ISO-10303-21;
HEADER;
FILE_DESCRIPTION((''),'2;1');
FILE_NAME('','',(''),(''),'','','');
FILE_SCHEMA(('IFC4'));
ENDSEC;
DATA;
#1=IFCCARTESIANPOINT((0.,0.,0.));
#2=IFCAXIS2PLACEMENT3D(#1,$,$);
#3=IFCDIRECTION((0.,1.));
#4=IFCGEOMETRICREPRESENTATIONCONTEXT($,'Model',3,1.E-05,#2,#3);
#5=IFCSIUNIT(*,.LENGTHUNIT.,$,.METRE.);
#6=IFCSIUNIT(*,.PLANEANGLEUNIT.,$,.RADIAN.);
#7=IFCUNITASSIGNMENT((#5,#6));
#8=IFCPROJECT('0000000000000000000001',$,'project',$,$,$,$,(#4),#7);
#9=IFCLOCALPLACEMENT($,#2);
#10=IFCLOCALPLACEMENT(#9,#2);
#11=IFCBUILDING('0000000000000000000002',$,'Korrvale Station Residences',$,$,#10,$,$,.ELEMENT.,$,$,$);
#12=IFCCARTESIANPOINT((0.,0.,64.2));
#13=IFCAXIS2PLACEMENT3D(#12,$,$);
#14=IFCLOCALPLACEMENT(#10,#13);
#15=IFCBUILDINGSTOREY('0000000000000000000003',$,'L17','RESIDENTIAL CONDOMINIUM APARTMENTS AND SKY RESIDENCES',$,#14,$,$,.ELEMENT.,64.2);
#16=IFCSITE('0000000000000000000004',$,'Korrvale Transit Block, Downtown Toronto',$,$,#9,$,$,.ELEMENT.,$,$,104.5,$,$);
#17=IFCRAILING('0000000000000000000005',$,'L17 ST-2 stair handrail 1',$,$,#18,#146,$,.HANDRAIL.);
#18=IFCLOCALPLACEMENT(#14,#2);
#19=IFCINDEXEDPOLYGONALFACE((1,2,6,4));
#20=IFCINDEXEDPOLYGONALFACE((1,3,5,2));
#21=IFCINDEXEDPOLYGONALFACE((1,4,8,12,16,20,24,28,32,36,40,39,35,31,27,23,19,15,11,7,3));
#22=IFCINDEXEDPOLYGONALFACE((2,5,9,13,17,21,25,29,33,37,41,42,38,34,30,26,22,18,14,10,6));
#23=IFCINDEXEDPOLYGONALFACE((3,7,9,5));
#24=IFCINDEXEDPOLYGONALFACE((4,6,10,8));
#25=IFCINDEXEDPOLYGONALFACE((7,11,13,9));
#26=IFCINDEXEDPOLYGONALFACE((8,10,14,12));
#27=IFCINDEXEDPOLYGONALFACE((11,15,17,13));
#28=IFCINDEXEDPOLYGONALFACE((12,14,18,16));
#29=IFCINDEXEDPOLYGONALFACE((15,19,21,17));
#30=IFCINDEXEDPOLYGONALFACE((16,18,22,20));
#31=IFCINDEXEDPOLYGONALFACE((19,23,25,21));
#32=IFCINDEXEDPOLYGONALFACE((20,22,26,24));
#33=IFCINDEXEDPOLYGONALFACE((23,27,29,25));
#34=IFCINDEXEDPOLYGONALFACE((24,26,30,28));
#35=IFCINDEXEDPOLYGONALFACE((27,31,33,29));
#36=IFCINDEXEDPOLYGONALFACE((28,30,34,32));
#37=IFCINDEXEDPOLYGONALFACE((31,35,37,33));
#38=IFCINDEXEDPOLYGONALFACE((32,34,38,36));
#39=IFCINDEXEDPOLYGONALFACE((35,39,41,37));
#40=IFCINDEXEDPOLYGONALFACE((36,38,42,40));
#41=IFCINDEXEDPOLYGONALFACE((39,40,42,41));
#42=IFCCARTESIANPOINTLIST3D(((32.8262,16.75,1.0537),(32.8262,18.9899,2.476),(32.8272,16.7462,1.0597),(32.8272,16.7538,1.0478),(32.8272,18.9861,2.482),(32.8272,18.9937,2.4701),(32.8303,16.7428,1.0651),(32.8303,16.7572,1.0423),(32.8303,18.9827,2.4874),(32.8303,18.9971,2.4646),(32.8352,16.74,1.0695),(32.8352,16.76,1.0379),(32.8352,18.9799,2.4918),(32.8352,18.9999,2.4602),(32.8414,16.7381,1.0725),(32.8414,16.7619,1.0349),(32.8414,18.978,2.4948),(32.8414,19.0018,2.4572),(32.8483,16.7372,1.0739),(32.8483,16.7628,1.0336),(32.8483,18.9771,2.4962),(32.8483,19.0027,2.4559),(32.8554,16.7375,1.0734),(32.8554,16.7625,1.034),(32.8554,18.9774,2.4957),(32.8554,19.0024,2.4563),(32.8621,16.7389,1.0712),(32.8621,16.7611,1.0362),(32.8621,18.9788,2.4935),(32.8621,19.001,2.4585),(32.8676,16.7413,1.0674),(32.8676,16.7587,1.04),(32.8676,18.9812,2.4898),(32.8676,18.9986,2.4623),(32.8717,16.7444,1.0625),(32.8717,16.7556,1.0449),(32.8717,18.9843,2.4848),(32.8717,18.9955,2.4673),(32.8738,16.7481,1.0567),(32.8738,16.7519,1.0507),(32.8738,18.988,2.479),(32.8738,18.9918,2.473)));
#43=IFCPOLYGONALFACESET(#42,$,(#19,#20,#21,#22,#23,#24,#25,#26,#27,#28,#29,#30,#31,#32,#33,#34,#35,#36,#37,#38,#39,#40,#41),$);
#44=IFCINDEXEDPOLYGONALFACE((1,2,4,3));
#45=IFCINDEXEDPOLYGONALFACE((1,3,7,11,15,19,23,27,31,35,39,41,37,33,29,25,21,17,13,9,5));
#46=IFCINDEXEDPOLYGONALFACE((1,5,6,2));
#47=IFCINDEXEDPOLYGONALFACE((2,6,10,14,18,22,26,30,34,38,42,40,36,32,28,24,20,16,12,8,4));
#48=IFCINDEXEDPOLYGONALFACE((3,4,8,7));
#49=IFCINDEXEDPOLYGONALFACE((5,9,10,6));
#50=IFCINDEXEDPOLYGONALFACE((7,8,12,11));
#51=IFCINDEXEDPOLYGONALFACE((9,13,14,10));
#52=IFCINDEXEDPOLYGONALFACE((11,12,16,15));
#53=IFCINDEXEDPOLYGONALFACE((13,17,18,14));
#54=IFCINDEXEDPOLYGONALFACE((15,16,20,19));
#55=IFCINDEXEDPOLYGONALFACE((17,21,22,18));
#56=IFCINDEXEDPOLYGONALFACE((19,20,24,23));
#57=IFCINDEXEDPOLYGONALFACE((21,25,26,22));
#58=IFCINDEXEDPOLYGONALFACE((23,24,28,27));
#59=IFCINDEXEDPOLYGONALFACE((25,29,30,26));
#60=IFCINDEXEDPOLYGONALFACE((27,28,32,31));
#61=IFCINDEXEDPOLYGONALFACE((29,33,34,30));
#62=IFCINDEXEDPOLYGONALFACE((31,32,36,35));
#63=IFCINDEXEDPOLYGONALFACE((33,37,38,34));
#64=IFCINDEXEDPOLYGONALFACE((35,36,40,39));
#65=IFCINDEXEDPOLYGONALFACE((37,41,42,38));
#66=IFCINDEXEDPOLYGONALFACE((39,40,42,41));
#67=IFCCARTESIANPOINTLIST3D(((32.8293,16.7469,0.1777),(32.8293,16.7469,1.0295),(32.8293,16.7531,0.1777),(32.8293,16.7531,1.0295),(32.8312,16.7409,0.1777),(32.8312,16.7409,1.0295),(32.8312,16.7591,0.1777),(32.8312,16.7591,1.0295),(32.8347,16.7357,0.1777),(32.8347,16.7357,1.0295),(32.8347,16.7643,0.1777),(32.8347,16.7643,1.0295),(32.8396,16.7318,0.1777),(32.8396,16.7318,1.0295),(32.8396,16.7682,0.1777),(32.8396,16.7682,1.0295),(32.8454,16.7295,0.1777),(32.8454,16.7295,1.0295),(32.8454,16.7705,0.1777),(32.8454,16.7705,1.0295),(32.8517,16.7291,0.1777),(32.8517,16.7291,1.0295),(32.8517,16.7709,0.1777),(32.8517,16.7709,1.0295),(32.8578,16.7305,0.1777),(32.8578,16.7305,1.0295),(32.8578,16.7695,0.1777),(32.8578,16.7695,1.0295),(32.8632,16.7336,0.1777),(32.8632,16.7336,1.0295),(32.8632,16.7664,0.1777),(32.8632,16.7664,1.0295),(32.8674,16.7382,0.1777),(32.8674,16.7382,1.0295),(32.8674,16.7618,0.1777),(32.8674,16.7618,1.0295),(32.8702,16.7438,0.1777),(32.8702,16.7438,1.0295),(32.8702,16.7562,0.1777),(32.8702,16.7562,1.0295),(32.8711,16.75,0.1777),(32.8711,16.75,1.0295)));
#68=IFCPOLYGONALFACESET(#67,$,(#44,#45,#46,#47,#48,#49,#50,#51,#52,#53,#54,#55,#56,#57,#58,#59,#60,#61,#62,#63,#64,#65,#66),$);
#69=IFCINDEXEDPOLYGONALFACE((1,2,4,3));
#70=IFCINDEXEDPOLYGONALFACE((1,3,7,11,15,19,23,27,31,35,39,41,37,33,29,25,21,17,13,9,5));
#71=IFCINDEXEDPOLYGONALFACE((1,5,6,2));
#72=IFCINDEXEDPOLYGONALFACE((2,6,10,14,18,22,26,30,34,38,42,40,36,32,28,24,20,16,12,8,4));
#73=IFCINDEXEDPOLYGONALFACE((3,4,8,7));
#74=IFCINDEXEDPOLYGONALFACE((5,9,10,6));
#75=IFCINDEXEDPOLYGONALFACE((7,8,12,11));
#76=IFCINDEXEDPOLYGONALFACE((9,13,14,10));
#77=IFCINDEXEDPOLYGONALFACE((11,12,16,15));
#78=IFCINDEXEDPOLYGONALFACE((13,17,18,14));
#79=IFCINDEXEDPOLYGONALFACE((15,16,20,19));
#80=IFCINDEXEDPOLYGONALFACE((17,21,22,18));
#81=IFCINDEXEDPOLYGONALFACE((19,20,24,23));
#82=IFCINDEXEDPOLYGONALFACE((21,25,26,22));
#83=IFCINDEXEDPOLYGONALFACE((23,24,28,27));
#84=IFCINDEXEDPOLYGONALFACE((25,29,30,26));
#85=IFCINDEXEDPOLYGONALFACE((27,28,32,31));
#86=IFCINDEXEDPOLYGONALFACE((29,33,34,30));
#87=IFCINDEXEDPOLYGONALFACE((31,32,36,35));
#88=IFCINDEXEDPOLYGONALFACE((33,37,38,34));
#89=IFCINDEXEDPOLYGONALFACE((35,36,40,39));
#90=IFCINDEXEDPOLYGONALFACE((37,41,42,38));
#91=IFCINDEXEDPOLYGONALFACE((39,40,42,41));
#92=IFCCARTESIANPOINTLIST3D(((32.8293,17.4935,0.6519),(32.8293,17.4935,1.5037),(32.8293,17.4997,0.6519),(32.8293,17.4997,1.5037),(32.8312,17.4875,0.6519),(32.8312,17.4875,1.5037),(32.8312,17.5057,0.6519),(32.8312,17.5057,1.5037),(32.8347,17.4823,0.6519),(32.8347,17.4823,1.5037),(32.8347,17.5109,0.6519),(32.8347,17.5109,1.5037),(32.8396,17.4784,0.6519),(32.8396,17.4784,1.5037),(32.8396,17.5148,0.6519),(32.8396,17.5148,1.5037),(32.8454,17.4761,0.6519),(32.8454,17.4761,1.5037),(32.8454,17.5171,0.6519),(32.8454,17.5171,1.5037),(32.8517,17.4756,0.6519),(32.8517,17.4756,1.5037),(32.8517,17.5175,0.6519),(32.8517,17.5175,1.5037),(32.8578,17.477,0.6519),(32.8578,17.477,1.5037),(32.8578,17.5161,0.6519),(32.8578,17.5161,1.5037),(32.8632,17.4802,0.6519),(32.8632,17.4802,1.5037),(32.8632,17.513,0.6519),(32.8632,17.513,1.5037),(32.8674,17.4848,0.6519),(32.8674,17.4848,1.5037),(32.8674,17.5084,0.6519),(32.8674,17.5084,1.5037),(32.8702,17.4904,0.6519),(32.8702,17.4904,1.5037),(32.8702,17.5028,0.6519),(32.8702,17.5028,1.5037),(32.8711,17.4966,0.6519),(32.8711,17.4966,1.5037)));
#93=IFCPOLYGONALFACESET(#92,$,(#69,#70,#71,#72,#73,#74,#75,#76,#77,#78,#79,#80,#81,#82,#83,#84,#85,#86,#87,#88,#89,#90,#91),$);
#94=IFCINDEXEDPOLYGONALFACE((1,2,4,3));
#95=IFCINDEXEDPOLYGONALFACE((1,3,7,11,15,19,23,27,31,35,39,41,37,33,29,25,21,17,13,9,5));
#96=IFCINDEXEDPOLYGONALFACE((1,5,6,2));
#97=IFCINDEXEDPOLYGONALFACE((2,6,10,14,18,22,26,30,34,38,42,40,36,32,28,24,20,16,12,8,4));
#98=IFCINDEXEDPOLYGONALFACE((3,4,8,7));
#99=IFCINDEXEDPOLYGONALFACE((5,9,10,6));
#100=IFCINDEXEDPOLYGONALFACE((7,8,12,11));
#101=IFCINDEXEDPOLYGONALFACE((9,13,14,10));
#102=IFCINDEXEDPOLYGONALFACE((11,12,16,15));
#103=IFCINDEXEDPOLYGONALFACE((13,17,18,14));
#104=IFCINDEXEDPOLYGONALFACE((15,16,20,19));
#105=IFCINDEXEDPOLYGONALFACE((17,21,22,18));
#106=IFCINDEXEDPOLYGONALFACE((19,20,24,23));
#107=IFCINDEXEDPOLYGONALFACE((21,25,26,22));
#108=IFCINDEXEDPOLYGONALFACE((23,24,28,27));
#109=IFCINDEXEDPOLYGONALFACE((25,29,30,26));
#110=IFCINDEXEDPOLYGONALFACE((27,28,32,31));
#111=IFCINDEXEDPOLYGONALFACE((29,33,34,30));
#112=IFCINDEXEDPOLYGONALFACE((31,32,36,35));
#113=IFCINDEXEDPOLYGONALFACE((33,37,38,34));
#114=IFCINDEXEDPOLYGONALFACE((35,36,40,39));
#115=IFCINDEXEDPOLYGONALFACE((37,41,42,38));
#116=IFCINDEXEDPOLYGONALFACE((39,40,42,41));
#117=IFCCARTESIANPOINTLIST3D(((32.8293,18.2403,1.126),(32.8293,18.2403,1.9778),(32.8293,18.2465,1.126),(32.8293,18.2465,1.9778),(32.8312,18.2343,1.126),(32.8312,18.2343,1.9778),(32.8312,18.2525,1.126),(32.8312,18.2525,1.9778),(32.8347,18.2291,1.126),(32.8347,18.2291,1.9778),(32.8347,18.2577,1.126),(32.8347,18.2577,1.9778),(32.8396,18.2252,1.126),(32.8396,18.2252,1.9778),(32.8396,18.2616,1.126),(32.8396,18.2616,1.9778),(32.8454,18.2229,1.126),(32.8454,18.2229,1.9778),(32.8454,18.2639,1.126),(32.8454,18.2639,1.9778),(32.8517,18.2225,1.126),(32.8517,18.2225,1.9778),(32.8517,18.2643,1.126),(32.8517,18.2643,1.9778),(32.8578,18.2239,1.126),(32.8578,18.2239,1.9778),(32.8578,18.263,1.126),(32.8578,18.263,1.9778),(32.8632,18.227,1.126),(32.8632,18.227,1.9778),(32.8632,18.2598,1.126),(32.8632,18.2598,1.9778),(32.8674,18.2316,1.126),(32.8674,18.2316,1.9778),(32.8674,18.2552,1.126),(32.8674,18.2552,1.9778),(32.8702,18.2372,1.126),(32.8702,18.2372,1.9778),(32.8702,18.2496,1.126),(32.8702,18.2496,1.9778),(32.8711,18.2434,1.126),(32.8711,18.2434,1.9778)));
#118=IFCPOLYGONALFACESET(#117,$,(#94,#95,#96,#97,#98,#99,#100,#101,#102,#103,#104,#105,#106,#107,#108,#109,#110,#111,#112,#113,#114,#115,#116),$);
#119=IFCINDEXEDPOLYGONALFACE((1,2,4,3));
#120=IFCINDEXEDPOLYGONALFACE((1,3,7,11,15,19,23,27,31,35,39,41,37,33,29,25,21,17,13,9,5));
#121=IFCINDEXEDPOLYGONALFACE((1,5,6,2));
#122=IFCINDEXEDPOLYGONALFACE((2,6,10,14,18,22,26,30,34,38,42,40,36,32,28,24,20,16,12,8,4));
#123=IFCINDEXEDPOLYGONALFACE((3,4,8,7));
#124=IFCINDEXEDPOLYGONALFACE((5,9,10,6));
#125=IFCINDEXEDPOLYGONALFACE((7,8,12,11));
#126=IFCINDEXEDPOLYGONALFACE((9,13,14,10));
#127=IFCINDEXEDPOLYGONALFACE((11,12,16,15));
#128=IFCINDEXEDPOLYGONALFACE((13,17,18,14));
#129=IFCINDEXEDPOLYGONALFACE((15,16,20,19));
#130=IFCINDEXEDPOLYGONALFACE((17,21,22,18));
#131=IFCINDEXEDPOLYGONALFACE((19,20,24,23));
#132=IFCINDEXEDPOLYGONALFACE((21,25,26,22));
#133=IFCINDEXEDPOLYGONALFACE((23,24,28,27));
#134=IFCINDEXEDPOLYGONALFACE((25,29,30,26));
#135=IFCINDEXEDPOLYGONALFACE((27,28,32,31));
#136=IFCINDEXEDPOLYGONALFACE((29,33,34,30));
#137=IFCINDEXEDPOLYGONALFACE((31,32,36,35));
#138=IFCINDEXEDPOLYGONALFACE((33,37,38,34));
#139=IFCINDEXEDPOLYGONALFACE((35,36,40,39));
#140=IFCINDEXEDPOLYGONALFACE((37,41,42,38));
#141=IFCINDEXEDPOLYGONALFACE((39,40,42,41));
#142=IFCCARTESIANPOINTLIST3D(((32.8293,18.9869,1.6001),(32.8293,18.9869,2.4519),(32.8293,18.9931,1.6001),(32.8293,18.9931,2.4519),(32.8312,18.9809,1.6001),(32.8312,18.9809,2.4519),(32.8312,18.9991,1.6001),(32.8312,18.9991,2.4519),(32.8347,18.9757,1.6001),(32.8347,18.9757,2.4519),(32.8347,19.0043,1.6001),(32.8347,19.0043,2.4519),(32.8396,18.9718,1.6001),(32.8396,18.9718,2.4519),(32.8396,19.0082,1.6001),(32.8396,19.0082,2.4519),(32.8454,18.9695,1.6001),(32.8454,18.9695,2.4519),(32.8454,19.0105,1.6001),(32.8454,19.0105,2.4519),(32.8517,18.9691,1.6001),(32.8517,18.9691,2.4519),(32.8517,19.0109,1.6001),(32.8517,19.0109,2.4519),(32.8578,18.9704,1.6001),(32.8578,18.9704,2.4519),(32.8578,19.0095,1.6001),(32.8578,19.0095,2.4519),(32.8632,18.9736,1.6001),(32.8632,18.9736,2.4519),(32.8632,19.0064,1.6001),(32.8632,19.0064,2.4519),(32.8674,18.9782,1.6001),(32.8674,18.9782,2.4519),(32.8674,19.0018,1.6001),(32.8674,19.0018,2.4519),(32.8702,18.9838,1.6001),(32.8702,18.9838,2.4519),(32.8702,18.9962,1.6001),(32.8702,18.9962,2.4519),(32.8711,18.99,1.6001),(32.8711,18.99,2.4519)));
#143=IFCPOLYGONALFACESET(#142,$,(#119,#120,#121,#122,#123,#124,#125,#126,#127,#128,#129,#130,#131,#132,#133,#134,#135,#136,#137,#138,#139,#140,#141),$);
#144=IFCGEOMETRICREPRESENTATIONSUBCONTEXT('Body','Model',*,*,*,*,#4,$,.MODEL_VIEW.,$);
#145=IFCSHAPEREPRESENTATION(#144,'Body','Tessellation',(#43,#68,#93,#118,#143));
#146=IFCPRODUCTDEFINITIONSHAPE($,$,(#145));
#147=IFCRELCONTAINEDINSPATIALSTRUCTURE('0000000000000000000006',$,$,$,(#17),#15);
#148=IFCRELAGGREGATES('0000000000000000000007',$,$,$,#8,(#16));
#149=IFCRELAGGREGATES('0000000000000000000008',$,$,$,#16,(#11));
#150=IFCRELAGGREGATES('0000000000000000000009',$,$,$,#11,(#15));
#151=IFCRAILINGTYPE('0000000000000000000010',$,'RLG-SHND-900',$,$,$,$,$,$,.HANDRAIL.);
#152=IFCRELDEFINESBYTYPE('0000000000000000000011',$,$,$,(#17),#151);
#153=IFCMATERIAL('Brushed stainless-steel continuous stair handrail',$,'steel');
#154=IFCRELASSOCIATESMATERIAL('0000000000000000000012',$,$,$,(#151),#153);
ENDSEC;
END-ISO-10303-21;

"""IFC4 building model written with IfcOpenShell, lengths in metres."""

from ifc_helpers import new_model, si_unit, direction, frame, origin, origin_2d, place, context, subcontext, project, spatial, circle, extrude, material, type_object, element, save


model = new_model("IFC4")

# Units and contexts
model_context = context("Model", 3, precision=1e-05, world=origin(), true_north=direction((0.0, 1.0)))
body_context = subcontext(model_context, "Body", "Model", "MODEL_VIEW")
ifc_project = project(units=[si_unit("LENGTHUNIT", "METRE"), si_unit("PLANEANGLEUNIT", "RADIAN")], contexts=[model_context])

# Site, building, storey
site_placement = place(None, origin())
site = spatial("IfcSite", under=ifc_project, at=site_placement, Name="Korrvale Transit Block, Downtown Toronto", CompositionType="ELEMENT", RefElevation=104.5)
building_placement = place(site_placement, origin())
building = spatial("IfcBuilding", under=site, at=building_placement, Name="Korrvale Station Residences", CompositionType="ELEMENT")
storey_placement = place(building_placement, frame((0.0, 0.0, 64.2)))
storey = spatial("IfcBuildingStorey", under=building, at=storey_placement, Name="L17", Description="RESIDENTIAL CONDOMINIUM APARTMENTS AND SKY RESIDENCES", CompositionType="ELEMENT", Elevation=64.2)

# Railing
ifc_material_1 = material(Name="Brushed stainless-steel continuous stair handrail", Category="steel")
railing_type_1 = type_object("IfcRailingType", Name="RLG-SHND-900", PredefinedType="HANDRAIL", material=ifc_material_1)
railing_1_placement = place(storey_placement, frame((32.8501, 16.75, 0.1777)))
element("IfcRailing", 1, at=railing_1_placement, inside=storey, type_object=railing_type_1, Name="L17 ST-2 stair handrail 1", PredefinedType="HANDRAIL", context=body_context, shape_type="SweptSolid", body=[
    extrude(circle(Radius=0.0239, at=origin_2d()), frame((0.0, 0.0, 0.876), z_axis=(0.0, 0.844188, 0.536048), x_axis=(-1.0, 0.0, 0.0)), (0.0, 0.0, 1.0), 2.6533),
    extrude(circle(Radius=0.021, at=origin_2d()), origin(), (0.0, 0.0, 1.0), 0.8518),
    extrude(circle(Radius=0.021, at=origin_2d()), frame((0.0, 0.7466, 0.4741)), (0.0, 0.0, 1.0), 0.8518),
    extrude(circle(Radius=0.021, at=origin_2d()), frame((0.0, 1.4934, 0.9482)), (0.0, 0.0, 1.0), 0.8518),
    extrude(circle(Radius=0.021, at=origin_2d()), frame((0.0, 2.24, 1.4224)), (0.0, 0.0, 1.0), 0.8518),
])

save(model, "model.ifc")
